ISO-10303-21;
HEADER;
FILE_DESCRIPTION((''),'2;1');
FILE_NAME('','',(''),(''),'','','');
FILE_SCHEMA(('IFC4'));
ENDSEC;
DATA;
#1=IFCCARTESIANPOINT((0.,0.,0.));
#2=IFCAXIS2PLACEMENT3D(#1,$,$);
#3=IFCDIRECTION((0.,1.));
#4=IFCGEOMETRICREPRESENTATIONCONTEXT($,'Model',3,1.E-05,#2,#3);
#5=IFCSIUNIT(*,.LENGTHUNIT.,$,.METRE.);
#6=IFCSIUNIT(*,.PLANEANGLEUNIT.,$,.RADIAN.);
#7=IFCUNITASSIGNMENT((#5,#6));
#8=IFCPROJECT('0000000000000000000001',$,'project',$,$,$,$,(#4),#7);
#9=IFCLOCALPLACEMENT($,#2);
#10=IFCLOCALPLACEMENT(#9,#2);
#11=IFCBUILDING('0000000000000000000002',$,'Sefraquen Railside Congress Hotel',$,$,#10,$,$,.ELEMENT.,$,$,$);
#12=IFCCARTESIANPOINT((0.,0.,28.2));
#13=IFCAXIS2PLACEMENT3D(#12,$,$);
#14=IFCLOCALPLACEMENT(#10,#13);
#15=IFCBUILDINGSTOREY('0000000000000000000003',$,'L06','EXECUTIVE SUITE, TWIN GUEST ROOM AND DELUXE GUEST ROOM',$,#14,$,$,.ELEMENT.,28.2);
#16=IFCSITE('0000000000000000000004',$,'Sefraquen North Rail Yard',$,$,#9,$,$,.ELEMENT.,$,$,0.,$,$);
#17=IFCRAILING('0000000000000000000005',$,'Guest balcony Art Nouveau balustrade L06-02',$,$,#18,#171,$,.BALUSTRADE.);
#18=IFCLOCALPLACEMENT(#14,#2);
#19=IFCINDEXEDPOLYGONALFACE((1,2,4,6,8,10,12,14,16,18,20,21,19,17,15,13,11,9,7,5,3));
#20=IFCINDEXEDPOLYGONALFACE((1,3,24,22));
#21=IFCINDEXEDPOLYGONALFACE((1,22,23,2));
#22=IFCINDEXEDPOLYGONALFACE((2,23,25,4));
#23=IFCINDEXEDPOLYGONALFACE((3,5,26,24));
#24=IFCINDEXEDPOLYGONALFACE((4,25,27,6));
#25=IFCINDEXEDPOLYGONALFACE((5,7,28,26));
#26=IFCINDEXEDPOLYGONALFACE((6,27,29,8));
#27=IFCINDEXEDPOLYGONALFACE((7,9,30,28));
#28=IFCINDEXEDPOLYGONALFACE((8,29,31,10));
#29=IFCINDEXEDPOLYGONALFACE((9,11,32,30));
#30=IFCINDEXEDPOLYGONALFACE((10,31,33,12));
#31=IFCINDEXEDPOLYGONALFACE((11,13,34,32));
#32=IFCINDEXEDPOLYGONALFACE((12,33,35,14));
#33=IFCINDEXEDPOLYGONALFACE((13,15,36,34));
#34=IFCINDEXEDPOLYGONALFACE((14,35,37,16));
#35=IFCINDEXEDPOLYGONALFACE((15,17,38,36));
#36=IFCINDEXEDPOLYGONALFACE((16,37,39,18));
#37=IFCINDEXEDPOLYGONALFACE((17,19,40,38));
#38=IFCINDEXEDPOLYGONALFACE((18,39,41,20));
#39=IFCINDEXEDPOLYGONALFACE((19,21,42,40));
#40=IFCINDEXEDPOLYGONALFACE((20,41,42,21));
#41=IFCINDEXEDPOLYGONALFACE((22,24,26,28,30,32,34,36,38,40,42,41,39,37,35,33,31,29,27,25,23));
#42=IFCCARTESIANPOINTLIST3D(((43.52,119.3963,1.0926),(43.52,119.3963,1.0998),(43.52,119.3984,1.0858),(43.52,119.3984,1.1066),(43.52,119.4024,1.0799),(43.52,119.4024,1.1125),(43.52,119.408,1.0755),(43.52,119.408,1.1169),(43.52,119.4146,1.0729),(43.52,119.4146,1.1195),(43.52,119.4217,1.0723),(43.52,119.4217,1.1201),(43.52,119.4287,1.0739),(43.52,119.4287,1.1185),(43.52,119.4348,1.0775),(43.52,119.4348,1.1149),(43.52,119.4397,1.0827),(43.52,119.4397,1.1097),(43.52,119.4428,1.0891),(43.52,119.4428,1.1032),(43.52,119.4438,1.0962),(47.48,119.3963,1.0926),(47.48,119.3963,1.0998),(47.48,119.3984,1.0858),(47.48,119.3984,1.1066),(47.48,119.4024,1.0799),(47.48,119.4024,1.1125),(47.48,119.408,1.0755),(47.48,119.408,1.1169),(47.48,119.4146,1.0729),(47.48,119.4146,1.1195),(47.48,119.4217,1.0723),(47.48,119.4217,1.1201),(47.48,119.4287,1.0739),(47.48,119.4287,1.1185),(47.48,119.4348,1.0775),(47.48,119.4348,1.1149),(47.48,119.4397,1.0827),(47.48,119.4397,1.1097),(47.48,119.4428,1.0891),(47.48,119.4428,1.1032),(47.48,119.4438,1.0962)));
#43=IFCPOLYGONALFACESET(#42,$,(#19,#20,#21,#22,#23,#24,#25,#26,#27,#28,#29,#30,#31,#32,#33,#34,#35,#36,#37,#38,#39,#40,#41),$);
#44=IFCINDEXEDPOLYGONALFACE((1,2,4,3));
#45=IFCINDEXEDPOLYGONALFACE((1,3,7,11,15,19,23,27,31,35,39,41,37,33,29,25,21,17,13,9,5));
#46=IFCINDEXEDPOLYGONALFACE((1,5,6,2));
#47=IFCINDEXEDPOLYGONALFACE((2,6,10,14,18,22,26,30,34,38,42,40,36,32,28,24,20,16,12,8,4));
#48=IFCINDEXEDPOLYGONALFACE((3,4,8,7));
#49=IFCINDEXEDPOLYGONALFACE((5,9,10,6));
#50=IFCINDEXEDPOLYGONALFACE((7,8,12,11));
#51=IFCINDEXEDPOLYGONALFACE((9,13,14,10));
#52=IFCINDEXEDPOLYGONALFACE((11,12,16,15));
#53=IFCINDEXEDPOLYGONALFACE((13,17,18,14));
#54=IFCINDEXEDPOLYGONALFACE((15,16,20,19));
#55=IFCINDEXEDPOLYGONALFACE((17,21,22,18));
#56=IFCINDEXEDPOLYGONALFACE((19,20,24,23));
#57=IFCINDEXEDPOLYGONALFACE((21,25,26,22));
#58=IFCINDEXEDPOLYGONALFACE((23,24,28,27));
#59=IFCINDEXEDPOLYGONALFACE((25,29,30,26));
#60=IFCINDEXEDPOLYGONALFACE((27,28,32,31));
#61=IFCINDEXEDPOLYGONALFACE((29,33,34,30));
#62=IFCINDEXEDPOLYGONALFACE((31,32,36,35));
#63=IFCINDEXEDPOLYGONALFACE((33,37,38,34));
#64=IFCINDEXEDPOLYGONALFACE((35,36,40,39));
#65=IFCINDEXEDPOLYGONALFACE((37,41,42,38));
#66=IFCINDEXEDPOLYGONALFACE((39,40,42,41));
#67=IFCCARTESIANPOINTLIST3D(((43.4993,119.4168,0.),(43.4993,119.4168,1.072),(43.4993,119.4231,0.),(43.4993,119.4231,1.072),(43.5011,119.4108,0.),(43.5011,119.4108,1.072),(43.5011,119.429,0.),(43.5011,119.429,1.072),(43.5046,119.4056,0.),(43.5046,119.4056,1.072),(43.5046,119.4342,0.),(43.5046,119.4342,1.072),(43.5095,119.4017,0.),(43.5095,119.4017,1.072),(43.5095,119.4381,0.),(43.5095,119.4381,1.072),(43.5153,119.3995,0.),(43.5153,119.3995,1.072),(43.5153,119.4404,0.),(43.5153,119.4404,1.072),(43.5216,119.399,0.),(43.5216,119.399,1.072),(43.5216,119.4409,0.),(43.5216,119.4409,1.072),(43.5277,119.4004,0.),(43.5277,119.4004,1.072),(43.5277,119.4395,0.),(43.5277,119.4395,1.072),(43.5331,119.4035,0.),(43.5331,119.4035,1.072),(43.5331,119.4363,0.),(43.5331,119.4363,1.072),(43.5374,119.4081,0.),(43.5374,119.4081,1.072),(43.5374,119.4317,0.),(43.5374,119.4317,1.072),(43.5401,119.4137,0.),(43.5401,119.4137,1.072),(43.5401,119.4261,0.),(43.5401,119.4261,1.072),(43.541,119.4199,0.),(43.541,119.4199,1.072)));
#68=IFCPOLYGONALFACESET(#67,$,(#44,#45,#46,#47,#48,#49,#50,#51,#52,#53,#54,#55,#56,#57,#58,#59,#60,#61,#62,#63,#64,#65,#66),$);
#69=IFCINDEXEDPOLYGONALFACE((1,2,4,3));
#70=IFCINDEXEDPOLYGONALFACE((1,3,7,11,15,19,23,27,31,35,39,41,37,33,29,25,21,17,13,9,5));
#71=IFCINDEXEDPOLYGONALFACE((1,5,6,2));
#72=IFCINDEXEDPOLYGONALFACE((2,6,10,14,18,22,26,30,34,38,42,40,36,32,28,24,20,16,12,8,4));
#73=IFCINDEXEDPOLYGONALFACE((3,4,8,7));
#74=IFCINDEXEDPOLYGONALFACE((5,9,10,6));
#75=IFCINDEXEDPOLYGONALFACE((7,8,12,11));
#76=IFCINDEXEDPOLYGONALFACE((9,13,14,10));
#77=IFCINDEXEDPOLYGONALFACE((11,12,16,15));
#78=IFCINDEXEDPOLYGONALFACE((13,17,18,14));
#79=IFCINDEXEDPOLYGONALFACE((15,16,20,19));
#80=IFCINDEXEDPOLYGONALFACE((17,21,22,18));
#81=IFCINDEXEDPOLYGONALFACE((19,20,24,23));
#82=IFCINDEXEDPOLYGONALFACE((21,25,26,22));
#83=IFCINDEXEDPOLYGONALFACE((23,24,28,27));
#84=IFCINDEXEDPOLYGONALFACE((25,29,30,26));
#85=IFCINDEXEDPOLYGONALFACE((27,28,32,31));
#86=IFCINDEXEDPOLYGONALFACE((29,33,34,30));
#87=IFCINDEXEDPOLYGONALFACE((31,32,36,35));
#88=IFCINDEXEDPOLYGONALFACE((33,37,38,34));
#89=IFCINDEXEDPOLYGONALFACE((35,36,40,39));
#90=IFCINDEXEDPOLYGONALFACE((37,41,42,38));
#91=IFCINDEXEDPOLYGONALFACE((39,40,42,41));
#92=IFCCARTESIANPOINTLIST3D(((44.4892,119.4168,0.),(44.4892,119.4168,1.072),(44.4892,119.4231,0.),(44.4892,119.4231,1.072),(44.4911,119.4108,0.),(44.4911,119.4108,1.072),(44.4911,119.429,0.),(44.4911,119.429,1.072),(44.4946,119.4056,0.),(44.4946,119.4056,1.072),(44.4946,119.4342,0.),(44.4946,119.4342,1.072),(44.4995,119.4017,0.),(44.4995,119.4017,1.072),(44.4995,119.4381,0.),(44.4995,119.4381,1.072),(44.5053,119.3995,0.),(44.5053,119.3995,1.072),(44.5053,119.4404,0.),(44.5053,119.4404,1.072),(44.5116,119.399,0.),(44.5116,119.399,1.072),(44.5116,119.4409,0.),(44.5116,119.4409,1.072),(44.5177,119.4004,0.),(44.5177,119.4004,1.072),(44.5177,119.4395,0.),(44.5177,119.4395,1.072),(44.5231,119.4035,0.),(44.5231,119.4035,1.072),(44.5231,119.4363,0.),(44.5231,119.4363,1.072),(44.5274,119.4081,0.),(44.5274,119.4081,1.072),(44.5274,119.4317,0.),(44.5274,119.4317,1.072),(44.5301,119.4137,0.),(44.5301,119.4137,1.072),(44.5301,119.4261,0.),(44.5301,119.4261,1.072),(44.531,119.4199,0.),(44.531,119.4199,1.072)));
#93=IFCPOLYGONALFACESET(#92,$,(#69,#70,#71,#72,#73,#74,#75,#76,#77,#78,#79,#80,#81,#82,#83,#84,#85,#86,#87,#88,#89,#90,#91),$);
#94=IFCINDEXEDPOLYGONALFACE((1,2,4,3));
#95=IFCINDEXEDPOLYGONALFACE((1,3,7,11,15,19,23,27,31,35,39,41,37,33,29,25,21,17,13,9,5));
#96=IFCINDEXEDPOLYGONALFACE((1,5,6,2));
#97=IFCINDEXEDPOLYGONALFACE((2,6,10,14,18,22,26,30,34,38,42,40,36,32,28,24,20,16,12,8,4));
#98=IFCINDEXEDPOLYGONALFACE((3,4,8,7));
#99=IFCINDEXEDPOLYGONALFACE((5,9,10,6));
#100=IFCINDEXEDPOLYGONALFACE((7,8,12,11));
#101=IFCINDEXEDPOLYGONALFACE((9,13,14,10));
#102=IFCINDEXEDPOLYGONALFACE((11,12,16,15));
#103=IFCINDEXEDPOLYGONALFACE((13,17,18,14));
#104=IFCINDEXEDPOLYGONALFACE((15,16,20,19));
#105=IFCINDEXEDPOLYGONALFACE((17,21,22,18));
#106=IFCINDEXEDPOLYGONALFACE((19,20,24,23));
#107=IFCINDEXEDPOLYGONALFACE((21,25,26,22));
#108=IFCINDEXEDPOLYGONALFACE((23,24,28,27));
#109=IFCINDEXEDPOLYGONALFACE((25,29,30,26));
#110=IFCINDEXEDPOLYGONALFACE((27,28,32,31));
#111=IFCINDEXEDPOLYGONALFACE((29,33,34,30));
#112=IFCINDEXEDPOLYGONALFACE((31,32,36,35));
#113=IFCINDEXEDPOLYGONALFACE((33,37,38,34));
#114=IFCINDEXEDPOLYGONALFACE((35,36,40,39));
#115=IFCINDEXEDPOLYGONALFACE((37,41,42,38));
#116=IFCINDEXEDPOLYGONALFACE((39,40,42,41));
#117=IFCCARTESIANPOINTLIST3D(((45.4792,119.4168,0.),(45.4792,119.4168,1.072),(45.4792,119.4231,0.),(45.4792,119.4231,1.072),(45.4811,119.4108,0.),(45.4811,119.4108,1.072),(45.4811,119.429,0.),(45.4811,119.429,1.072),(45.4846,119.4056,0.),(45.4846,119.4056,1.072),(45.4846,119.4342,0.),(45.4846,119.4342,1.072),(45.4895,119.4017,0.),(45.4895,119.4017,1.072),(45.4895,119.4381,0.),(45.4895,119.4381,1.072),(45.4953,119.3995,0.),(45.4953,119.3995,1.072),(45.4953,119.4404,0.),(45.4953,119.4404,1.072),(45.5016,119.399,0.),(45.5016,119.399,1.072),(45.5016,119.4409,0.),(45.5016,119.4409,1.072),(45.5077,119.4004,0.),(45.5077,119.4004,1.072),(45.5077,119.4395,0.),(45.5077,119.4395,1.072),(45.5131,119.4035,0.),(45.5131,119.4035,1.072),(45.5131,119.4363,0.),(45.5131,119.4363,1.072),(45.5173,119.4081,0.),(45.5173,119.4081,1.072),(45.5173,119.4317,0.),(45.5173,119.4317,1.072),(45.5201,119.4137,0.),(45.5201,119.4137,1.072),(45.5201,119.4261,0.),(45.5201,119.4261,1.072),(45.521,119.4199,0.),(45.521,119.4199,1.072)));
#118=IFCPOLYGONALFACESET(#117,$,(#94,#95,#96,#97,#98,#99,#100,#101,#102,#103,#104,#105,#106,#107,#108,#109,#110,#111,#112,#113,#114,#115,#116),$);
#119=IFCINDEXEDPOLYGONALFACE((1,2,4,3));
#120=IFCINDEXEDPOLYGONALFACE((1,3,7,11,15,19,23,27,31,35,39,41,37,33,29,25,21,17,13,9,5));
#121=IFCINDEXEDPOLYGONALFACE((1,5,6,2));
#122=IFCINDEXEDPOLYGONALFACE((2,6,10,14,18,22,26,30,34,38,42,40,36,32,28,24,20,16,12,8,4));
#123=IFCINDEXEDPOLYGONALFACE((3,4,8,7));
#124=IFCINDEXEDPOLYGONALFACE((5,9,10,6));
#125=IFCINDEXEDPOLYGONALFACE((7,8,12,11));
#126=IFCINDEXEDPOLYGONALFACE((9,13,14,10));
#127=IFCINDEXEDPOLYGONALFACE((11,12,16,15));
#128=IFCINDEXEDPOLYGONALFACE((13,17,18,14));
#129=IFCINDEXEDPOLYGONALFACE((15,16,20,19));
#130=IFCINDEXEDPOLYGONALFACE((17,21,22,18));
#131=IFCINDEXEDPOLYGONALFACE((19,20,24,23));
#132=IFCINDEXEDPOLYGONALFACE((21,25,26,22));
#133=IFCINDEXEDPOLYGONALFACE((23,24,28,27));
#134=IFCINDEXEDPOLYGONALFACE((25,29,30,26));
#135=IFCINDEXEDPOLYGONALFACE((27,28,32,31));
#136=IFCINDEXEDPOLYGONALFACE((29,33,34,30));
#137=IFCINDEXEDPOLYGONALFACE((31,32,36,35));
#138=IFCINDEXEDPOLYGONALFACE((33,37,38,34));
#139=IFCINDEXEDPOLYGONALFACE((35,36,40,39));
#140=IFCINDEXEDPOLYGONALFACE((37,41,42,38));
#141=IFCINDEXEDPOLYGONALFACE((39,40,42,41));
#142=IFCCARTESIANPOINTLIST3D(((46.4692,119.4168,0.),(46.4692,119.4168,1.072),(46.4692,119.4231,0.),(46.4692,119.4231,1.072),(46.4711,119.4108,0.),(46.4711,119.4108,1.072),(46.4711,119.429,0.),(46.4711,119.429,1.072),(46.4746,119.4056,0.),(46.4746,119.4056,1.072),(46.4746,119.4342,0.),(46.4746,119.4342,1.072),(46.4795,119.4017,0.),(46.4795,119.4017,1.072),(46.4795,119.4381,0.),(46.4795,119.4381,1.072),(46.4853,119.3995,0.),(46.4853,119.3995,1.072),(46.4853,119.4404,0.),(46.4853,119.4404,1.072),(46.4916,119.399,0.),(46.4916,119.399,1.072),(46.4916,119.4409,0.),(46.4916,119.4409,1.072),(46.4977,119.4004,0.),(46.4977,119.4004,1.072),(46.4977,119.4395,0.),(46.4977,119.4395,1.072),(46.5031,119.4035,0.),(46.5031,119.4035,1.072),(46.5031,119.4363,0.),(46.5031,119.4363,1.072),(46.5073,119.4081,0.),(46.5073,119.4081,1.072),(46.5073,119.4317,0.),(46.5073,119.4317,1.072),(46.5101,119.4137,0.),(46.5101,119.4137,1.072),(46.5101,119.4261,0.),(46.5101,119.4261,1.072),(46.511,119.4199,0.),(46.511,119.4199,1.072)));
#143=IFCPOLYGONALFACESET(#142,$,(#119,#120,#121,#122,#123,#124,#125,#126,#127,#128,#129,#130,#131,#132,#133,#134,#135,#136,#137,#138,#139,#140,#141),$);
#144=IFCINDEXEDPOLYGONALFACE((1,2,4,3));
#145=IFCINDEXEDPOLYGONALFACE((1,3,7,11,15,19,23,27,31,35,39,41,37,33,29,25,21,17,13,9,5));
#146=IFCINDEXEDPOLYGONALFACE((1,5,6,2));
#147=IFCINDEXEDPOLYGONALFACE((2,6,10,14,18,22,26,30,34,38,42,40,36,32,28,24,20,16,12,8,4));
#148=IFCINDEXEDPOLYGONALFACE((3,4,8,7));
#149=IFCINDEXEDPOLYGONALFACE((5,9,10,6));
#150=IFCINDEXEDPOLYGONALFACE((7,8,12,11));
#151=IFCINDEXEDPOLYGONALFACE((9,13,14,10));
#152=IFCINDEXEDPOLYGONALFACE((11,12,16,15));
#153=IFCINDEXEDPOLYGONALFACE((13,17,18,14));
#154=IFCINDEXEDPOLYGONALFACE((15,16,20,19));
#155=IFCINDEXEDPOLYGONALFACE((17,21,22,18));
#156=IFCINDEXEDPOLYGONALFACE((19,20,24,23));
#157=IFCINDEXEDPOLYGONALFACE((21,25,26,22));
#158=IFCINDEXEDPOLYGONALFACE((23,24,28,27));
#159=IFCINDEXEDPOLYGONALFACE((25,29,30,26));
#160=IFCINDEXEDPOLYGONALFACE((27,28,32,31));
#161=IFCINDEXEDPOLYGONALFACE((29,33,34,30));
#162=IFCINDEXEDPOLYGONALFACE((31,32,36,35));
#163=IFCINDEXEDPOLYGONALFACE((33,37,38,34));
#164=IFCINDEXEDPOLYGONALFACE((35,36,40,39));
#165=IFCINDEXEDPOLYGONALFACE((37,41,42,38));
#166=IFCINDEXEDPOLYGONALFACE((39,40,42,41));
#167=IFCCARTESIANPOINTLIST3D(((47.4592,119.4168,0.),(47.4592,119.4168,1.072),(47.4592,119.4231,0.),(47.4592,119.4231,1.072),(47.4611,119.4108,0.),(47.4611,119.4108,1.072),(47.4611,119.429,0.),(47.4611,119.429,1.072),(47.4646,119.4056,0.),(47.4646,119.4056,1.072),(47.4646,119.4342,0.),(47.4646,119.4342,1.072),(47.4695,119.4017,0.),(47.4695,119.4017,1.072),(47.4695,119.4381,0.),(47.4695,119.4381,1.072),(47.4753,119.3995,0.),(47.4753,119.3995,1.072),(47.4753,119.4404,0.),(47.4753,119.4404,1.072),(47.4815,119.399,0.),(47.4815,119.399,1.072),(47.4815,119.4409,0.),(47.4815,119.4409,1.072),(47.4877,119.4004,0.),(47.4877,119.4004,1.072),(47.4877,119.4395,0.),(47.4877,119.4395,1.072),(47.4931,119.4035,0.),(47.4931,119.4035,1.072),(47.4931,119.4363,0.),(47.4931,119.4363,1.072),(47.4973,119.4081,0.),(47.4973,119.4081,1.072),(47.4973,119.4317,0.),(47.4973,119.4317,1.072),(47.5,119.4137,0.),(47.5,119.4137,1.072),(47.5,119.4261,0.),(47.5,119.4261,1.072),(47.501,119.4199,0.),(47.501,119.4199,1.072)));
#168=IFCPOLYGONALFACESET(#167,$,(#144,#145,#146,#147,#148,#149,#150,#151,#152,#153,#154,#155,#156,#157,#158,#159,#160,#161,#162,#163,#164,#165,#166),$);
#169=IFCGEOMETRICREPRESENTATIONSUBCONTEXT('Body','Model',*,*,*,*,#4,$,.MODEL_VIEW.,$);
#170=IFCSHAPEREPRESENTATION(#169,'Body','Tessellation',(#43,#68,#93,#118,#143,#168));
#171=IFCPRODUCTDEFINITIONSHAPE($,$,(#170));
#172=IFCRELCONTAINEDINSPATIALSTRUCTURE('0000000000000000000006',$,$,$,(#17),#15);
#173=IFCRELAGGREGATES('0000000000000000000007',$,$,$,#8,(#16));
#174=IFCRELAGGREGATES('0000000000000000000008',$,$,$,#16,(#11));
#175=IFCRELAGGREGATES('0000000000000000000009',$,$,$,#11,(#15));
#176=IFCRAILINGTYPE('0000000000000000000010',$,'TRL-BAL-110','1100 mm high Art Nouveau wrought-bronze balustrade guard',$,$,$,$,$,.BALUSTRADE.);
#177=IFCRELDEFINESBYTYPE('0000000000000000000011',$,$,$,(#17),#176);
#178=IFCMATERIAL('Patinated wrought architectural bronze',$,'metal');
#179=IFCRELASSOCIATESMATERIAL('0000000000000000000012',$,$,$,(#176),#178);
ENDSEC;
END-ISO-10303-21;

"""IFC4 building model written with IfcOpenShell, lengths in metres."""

from ifc_helpers import new_model, si_unit, direction, frame, origin, origin_2d, place, context, subcontext, project, spatial, circle, extrude, material, type_object, element, save


model = new_model("IFC4")

# Units and contexts
model_context = context("Model", 3, precision=1e-05, world=origin(), true_north=direction((0.0, 1.0)))
body_context = subcontext(model_context, "Body", "Model", "MODEL_VIEW")
ifc_project = project(units=[si_unit("LENGTHUNIT", "METRE"), si_unit("PLANEANGLEUNIT", "RADIAN")], contexts=[model_context])

# Site, building, storey
site_placement = place(None, origin())
site = spatial("IfcSite", under=ifc_project, at=site_placement, Name="Sefraquen North Rail Yard", CompositionType="ELEMENT", RefElevation=0.0)
building_placement = place(site_placement, origin())
building = spatial("IfcBuilding", under=site, at=building_placement, Name="Sefraquen Railside Congress Hotel", CompositionType="ELEMENT")
storey_placement = place(building_placement, frame((0.0, 0.0, 28.2)))
storey = spatial("IfcBuildingStorey", under=building, at=storey_placement, Name="L06", Description="EXECUTIVE SUITE, TWIN GUEST ROOM AND DELUXE GUEST ROOM", CompositionType="ELEMENT", Elevation=28.2)

# Railing
ifc_material_1 = material(Name="Patinated wrought architectural bronze", Category="metal")
railing_type = type_object("IfcRailingType", Name="TRL-BAL-110", Description="1100 mm high Art Nouveau wrought-bronze balustrade guard", PredefinedType="BALUSTRADE", material=ifc_material_1)
railing_1_placement = place(storey_placement, frame((43.52, 119.4199, 0.0)))
element("IfcRailing", 1, at=railing_1_placement, inside=storey, type_object=railing_type, Name="Guest balcony Art Nouveau balustrade L06-02", PredefinedType="BALUSTRADE", context=body_context, shape_type="SweptSolid", body=[
    extrude(circle(Radius=0.0239, at=origin_2d()), frame((0.0, 0.0, 1.0962), z_axis=(1.0, 0.0, 0.0), x_axis=(0.0, 1.0, 0.0)), (0.0, 0.0, 1.0), 3.96),
    extrude(circle(Radius=0.021, at=origin_2d()), origin(), (0.0, 0.0, 1.0), 1.072),
    extrude(circle(Radius=0.021, at=origin_2d()), frame((0.99, 0.0, 0.0)), (0.0, 0.0, 1.0), 1.072),
    extrude(circle(Radius=0.021, at=origin_2d()), frame((1.98, 0.0, 0.0)), (0.0, 0.0, 1.0), 1.072),
    extrude(circle(Radius=0.021, at=origin_2d()), frame((2.97, 0.0, 0.0)), (0.0, 0.0, 1.0), 1.072),
    extrude(circle(Radius=0.021, at=origin_2d()), frame((3.96, 0.0, 0.0)), (0.0, 0.0, 1.0), 1.072),
])

save(model, "model.ifc")
